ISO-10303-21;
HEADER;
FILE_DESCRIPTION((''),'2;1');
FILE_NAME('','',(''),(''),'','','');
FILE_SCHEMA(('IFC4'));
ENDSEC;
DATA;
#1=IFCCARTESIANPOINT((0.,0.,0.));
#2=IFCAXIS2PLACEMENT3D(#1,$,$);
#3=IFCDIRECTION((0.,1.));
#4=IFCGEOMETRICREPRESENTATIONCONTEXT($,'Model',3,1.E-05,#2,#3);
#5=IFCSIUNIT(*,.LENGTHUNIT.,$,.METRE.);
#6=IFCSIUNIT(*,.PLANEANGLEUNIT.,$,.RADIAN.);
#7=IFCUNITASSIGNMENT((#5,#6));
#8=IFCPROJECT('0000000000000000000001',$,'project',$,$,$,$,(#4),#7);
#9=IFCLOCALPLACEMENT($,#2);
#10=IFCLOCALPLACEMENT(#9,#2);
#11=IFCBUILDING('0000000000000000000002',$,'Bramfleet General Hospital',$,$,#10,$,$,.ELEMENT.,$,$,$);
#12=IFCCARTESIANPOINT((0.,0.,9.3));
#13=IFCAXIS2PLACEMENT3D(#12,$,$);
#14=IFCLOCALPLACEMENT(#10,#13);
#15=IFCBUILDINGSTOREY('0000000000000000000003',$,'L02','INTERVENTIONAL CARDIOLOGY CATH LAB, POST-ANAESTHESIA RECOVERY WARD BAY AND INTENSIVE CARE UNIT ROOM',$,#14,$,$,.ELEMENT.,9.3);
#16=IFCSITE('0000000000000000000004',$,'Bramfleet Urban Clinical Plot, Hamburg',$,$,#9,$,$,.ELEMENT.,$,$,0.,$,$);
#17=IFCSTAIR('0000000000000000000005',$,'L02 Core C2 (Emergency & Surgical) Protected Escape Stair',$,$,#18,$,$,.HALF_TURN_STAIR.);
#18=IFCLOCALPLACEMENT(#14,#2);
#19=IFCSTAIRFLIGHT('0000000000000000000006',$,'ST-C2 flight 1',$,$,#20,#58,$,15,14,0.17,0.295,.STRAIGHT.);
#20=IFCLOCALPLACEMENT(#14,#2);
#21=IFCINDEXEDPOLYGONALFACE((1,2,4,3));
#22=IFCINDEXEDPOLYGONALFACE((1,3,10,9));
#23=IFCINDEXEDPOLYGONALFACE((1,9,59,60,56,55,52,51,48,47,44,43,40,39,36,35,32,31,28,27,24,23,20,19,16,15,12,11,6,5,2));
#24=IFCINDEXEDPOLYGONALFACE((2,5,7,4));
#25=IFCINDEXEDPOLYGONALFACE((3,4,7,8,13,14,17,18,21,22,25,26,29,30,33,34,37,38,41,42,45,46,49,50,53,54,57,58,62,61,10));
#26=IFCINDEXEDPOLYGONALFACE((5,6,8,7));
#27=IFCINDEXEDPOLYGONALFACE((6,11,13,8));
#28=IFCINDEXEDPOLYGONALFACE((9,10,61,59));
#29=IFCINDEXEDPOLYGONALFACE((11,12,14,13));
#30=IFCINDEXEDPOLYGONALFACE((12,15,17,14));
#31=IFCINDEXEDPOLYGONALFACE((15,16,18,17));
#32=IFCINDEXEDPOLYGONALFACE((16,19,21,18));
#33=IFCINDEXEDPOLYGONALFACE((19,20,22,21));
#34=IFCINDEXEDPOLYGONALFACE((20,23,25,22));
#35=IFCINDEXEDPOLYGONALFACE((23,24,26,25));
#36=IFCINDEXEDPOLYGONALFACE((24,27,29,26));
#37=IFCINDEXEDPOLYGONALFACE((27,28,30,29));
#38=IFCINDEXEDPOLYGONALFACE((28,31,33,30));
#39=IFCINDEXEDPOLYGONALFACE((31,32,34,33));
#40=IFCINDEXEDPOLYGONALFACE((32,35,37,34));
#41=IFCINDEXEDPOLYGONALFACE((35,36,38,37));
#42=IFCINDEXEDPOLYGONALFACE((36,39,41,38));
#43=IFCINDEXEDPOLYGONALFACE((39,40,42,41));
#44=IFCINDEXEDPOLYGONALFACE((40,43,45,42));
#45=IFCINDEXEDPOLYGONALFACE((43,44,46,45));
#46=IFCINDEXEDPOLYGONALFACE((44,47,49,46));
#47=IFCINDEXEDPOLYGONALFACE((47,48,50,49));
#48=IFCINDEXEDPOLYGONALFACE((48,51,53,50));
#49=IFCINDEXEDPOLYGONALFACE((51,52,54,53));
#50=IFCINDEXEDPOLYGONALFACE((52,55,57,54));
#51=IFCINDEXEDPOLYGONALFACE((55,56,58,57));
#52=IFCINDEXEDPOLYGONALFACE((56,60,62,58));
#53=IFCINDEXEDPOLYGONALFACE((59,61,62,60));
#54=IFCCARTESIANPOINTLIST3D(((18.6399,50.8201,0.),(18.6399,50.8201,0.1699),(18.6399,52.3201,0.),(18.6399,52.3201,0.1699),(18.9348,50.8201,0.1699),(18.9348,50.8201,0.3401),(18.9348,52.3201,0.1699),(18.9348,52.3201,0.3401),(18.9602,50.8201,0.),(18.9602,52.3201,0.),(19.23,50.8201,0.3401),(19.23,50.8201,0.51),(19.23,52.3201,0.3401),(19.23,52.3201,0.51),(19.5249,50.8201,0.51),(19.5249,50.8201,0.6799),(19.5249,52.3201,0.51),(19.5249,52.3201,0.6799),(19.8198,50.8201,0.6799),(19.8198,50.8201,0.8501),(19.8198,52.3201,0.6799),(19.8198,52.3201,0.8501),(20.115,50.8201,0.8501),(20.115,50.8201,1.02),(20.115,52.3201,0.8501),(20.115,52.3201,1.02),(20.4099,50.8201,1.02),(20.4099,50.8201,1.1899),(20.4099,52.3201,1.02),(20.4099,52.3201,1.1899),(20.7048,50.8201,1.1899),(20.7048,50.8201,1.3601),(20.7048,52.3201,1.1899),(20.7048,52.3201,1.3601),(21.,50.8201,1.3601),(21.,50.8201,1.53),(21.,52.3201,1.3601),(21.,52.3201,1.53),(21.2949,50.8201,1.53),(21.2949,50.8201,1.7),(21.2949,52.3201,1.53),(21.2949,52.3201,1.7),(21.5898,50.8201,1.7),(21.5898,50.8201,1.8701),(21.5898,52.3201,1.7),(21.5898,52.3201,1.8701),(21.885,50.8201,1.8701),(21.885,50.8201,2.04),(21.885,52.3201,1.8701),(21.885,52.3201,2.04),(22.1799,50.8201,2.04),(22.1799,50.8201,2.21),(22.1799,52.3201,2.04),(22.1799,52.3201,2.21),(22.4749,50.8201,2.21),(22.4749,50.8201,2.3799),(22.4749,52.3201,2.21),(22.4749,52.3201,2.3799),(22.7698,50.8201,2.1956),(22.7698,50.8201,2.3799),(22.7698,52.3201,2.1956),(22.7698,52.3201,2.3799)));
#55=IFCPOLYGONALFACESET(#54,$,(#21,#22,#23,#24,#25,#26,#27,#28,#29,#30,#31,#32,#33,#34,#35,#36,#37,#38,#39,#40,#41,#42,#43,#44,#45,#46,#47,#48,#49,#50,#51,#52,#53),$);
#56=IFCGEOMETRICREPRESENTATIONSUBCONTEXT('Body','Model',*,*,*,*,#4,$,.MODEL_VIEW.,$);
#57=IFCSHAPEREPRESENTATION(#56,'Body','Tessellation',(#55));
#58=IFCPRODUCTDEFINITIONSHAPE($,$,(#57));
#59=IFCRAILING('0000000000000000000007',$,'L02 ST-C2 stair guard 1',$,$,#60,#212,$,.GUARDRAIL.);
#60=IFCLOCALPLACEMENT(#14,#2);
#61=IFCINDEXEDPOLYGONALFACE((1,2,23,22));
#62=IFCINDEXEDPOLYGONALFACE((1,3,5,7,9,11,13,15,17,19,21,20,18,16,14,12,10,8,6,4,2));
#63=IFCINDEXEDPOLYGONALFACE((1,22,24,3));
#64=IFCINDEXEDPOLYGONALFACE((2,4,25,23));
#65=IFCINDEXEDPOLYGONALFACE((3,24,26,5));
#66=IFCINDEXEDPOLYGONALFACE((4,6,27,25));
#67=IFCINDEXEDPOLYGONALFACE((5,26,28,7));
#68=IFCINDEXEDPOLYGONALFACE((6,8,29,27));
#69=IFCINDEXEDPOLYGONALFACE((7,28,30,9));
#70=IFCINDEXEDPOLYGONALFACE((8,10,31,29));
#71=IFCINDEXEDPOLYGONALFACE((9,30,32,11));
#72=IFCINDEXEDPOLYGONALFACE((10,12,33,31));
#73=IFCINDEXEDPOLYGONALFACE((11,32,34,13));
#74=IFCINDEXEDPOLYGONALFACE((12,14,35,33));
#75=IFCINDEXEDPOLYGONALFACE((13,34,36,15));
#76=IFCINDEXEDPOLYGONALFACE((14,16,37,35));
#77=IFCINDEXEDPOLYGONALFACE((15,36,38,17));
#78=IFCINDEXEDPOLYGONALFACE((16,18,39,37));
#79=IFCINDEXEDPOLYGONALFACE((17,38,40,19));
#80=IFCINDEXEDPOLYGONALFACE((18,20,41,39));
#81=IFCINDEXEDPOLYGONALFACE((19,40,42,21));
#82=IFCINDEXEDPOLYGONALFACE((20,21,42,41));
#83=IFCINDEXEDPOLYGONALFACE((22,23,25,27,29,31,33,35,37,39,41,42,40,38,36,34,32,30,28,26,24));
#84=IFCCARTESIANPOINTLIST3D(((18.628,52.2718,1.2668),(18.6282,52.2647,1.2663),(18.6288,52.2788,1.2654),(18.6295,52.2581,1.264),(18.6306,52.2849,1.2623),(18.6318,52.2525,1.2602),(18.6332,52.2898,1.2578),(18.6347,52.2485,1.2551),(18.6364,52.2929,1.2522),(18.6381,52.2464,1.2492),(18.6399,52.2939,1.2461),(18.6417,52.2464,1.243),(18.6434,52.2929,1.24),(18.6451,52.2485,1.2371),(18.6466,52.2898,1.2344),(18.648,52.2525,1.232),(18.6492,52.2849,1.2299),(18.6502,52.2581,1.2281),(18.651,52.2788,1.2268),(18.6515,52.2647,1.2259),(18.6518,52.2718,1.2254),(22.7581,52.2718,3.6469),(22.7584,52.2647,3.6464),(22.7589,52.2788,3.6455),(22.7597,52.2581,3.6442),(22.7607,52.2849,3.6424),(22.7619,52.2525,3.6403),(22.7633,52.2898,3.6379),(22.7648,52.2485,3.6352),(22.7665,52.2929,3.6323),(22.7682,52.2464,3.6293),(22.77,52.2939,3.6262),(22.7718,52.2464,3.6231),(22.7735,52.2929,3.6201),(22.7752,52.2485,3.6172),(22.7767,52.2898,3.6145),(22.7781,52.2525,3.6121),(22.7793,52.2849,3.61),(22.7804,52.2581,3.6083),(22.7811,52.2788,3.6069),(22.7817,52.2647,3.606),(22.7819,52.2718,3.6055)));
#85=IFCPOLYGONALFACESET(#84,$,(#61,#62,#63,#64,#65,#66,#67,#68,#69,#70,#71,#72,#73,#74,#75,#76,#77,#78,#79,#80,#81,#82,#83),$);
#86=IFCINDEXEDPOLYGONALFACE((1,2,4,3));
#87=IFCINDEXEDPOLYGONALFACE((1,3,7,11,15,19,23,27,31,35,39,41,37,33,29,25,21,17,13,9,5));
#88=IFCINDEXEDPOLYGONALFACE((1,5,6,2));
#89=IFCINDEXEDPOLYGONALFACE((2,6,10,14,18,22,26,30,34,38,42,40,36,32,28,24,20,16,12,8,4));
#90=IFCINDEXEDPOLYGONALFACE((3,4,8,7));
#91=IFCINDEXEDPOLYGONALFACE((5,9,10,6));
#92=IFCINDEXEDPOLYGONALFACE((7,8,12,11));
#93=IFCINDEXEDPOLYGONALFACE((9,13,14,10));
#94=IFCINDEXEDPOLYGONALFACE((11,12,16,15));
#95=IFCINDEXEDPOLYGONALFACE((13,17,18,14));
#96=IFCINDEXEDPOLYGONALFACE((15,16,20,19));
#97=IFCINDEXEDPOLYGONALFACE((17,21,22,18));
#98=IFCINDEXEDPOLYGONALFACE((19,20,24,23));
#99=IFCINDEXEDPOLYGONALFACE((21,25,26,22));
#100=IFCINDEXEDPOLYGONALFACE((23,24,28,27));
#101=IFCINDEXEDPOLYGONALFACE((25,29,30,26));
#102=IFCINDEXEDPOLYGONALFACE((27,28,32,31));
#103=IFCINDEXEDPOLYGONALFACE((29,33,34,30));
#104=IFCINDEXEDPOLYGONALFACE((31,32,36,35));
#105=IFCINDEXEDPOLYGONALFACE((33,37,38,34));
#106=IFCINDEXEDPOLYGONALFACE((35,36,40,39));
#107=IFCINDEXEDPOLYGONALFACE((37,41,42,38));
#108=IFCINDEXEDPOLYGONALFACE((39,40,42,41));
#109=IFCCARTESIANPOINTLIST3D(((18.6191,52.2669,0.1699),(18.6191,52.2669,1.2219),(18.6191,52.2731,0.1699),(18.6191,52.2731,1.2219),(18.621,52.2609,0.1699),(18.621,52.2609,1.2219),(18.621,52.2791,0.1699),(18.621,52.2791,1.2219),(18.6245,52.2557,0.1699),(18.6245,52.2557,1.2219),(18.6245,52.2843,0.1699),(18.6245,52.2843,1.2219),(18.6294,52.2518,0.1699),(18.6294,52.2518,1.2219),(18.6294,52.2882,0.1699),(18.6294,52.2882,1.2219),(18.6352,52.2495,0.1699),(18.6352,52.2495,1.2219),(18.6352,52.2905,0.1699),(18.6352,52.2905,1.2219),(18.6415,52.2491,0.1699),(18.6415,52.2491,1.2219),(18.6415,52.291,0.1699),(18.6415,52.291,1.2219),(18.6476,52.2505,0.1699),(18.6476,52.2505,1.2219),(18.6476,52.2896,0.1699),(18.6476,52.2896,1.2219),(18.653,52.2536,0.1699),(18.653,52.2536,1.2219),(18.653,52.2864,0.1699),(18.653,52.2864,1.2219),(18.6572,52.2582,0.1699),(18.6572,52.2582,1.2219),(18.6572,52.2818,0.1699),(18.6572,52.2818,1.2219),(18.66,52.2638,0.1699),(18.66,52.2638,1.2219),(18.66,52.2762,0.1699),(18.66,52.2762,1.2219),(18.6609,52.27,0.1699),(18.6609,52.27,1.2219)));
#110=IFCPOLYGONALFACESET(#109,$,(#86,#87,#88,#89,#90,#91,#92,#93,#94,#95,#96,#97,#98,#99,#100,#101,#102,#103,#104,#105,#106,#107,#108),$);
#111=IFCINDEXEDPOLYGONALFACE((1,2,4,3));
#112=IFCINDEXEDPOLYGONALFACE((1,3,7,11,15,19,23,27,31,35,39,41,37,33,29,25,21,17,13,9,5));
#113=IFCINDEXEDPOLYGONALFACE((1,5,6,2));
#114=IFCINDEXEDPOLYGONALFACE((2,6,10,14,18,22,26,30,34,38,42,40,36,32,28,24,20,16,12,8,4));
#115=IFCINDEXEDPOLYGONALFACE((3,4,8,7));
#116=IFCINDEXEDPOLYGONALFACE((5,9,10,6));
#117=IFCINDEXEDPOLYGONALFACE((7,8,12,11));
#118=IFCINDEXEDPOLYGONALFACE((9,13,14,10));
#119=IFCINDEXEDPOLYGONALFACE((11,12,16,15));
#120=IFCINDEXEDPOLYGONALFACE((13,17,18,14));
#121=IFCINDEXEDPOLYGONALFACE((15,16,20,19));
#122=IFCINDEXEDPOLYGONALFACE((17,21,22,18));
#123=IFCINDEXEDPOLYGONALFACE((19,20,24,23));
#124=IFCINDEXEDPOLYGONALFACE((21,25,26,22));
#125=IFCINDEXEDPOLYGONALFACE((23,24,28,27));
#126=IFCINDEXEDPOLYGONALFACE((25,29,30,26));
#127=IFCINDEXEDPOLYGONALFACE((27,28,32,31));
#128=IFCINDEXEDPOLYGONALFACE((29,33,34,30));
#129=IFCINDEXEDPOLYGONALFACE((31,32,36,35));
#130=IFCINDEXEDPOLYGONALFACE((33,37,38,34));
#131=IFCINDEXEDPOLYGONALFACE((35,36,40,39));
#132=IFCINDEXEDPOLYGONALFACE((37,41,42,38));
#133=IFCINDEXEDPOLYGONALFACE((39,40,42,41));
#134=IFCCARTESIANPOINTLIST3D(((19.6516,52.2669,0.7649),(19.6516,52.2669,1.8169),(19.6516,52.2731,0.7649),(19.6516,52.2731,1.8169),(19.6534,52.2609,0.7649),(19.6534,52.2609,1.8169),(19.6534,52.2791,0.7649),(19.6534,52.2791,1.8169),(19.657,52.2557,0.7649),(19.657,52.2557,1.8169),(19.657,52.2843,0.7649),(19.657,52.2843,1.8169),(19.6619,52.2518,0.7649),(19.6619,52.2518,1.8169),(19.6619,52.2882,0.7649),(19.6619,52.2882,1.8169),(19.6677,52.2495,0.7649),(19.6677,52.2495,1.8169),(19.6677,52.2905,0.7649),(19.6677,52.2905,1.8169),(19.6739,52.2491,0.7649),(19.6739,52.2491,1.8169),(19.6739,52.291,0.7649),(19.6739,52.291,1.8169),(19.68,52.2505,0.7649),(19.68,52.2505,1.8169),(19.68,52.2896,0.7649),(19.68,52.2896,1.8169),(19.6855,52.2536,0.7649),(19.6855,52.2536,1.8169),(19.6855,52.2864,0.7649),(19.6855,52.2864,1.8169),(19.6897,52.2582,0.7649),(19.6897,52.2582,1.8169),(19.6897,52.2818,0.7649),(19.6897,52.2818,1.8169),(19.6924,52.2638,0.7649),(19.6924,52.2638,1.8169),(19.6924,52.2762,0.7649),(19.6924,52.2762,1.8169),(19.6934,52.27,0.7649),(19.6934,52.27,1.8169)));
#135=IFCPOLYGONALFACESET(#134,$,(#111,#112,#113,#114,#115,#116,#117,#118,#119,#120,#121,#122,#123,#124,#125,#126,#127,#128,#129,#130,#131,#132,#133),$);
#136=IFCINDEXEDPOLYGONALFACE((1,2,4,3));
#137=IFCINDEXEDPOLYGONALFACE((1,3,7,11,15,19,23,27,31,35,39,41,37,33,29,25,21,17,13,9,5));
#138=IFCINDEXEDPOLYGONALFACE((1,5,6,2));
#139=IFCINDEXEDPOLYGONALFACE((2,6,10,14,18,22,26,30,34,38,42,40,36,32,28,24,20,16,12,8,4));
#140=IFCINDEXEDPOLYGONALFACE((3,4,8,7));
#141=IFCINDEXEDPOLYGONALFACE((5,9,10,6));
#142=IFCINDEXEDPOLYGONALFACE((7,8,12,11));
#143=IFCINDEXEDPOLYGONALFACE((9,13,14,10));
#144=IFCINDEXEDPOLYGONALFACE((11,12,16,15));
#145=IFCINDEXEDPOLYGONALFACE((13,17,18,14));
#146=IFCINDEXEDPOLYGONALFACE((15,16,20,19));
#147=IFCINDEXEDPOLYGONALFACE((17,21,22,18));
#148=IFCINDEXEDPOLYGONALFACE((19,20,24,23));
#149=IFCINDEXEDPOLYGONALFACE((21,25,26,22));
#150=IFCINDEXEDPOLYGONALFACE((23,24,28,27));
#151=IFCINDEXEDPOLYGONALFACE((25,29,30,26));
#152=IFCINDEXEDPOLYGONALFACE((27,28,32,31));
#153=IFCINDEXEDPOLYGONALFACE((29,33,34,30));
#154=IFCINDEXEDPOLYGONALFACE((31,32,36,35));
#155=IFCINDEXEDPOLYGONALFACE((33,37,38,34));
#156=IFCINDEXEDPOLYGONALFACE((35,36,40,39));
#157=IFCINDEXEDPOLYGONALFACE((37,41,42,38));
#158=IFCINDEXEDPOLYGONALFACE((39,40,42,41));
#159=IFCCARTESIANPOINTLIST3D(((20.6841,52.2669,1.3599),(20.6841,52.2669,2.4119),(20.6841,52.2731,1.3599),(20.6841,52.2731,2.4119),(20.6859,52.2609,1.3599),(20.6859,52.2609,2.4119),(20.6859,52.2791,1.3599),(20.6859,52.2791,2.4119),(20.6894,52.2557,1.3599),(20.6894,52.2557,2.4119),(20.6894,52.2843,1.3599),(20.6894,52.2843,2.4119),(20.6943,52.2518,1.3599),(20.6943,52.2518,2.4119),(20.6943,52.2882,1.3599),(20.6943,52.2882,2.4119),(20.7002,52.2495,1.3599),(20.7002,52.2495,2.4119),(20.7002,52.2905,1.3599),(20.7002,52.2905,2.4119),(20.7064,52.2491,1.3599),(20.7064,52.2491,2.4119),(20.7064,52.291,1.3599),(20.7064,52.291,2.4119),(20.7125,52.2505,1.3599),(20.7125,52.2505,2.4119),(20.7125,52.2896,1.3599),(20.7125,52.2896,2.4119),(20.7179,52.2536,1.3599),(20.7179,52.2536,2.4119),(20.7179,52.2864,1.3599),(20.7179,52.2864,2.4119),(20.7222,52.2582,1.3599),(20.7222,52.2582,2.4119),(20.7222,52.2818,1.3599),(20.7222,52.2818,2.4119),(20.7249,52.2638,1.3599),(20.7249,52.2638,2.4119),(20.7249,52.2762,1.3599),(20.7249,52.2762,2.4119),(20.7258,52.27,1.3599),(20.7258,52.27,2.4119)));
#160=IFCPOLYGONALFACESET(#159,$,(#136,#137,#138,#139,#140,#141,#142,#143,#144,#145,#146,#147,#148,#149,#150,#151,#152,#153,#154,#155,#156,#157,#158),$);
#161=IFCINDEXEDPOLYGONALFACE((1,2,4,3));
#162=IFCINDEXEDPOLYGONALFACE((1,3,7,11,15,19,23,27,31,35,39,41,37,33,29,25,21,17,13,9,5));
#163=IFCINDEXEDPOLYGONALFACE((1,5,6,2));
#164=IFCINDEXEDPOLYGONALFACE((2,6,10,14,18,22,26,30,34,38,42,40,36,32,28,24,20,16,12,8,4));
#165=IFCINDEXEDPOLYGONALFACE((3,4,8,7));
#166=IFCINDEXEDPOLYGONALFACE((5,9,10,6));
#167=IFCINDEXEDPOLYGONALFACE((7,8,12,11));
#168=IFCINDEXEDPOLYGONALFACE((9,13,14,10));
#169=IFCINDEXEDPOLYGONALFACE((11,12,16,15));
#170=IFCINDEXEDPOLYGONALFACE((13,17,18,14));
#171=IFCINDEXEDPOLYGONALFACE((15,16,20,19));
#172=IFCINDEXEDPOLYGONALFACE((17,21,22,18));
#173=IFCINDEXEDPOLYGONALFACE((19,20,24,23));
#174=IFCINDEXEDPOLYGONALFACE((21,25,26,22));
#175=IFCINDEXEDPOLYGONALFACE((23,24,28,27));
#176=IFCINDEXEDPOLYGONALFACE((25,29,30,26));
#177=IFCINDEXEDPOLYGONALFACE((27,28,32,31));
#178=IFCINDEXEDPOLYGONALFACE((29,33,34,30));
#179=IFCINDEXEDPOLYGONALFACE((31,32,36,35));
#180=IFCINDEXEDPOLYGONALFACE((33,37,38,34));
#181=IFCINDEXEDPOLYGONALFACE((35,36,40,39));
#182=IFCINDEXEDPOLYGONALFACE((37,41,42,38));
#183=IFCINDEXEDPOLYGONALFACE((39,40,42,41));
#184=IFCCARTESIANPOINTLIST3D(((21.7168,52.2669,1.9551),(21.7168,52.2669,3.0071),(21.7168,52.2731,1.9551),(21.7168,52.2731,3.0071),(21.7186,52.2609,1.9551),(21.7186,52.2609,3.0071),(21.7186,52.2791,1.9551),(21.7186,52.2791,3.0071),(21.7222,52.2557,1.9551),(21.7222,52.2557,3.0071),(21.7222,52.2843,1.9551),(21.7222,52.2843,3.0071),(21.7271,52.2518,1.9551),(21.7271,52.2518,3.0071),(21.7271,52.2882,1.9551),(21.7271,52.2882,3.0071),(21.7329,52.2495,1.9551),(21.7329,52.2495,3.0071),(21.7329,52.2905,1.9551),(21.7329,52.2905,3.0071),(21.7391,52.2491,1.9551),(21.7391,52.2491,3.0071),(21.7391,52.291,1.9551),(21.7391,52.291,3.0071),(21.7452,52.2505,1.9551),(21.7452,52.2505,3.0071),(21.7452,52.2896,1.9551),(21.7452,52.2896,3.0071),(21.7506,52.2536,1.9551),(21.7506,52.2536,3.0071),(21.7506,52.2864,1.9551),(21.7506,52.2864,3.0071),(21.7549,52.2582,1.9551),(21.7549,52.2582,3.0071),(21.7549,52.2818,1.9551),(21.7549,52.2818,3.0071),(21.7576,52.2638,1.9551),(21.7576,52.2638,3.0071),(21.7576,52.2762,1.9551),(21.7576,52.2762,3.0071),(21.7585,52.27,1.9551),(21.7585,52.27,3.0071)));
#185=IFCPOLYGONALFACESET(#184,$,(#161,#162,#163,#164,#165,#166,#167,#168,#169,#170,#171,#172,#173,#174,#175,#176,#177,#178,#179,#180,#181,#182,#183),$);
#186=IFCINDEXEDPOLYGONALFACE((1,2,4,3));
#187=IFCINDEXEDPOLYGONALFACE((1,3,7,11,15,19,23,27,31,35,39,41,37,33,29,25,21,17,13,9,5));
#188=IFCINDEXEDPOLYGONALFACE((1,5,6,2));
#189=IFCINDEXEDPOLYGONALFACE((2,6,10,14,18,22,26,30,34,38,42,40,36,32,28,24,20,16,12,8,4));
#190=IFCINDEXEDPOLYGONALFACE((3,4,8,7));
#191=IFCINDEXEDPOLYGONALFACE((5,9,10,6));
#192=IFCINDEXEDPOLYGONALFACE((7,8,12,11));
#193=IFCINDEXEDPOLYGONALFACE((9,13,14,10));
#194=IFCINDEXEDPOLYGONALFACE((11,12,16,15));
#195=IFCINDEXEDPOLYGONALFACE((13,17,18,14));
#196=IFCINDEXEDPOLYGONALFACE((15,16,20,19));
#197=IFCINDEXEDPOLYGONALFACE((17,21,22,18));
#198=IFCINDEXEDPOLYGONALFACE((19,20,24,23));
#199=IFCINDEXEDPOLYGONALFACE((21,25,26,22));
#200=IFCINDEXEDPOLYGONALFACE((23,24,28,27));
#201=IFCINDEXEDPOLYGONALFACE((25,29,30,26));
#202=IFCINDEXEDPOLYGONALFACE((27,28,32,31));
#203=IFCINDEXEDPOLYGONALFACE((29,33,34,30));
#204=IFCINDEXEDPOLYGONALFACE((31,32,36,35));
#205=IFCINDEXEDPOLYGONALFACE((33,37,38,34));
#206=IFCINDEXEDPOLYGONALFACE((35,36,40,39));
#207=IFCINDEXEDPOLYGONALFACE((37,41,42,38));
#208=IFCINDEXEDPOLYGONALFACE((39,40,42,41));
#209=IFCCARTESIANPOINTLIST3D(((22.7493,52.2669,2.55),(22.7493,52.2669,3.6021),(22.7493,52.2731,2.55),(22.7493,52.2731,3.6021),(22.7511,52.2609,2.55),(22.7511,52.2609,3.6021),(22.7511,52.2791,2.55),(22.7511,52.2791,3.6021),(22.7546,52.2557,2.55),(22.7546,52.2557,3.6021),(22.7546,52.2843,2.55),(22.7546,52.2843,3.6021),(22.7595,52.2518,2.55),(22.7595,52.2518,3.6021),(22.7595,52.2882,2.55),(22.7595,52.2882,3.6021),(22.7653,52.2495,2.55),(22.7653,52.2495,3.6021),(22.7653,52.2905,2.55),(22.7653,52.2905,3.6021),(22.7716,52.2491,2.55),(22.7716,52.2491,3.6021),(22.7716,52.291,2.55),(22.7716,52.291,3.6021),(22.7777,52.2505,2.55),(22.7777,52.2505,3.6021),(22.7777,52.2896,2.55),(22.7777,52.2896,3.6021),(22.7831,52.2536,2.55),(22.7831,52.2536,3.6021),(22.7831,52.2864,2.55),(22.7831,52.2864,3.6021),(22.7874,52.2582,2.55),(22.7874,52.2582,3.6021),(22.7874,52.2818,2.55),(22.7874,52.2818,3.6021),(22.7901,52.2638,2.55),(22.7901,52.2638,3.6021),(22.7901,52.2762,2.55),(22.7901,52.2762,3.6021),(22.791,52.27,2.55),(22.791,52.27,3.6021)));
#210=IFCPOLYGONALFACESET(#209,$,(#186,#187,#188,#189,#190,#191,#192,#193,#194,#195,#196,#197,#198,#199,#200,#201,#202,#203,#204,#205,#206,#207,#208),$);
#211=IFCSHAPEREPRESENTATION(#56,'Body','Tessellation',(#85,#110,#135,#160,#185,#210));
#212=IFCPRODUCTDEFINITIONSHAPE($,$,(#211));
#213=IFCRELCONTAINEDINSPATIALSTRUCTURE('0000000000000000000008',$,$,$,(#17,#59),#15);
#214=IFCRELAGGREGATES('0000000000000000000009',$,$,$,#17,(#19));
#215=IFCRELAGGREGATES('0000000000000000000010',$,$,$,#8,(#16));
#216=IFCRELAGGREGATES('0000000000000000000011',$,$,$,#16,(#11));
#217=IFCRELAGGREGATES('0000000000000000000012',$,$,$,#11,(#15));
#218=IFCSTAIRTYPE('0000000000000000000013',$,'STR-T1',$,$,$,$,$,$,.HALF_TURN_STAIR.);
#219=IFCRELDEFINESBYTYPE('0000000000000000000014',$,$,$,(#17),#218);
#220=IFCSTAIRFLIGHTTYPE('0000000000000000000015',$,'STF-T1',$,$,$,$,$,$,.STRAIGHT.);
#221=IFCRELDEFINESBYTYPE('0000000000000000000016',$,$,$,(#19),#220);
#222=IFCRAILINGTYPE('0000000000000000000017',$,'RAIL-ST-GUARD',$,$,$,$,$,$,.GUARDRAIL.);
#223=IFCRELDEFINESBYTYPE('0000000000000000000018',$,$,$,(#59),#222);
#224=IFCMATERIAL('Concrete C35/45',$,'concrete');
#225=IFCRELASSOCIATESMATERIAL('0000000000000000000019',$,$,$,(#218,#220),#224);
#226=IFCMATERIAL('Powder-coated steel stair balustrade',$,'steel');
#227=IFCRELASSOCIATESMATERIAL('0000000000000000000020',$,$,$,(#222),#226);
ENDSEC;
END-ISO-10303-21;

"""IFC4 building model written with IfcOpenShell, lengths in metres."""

from ifc_helpers import new_model, si_unit, direction, frame, origin, origin_2d, place, context, subcontext, project, spatial, polyline, circle, outline, extrude, material, type_object, element, aggregate, save


model = new_model("IFC4")

# Units and contexts
model_context = context("Model", 3, precision=1e-05, world=origin(), true_north=direction((0.0, 1.0)))
body_context = subcontext(model_context, "Body", "Model", "MODEL_VIEW")
ifc_project = project(units=[si_unit("LENGTHUNIT", "METRE"), si_unit("PLANEANGLEUNIT", "RADIAN")], contexts=[model_context])

# Site, building, storey
site_placement = place(None, origin())
site = spatial("IfcSite", under=ifc_project, at=site_placement, Name="Bramfleet Urban Clinical Plot, Hamburg", CompositionType="ELEMENT", RefElevation=0.0)
building_placement = place(site_placement, origin())
building = spatial("IfcBuilding", under=site, at=building_placement, Name="Bramfleet General Hospital", CompositionType="ELEMENT")
storey_placement = place(building_placement, frame((0.0, 0.0, 9.3)))
storey = spatial("IfcBuildingStorey", under=building, at=storey_placement, Name="L02", Description="INTERVENTIONAL CARDIOLOGY CATH LAB, POST-ANAESTHESIA RECOVERY WARD BAY AND INTENSIVE CARE UNIT ROOM", CompositionType="ELEMENT", Elevation=9.3)

# Shared definitions
ifc_material_1 = material(Name="Concrete C35/45", Category="concrete")

# Stair, stair flight
stair_type = type_object("IfcStairType", Name="STR-T1", PredefinedType="HALF_TURN_STAIR", material=ifc_material_1)
stair_placement = place(storey_placement, origin())
stair = element("IfcStair", 1, at=stair_placement, inside=storey, type_object=stair_type, Name="L02 Core C2 (Emergency & Surgical) Protected Escape Stair", PredefinedType="HALF_TURN_STAIR")
stair_flight_type = type_object("IfcStairFlightType", Name="STF-T1", PredefinedType="STRAIGHT", material=ifc_material_1)
stair_flight_placement = place(storey_placement, frame((18.6399, 51.5701, 0.0), z_axis=(0.0, 0.0, 1.0), x_axis=(1.0, 0.0, 0.0)))
stair_flight = element("IfcStairFlight", 2, at=stair_flight_placement, type_object=stair_flight_type, Name="ST-C2 flight 1", NumberOfRisers=15, NumberOfTreads=14, PredefinedType="STRAIGHT", RiserHeight=0.17, TreadLength=0.295, context=body_context, shape_type="SweptSolid", body=[
    extrude(outline(polyline([(0.0, 0.0), (0.0, 0.1699), (0.2949, 0.1699), (0.2949, 0.3401), (0.5901, 0.3401), (0.5901, 0.51), (0.885, 0.51), (0.885, 0.6799), (1.1799, 0.6799), (1.1799, 0.8501), (1.4751, 0.8501), (1.4751, 1.02), (1.77, 1.02), (1.77, 1.1899), (2.0649, 1.1899), (2.0649, 1.3601), (2.3601, 1.3601), (2.3601, 1.53), (2.655, 1.53), (2.655, 1.7), (2.95, 1.7), (2.95, 1.8701), (3.2451, 1.8701), (3.2451, 2.04), (3.54, 2.04), (3.54, 2.21), (3.835, 2.21), (3.835, 2.3799), (4.1299, 2.3799), (4.1299, 2.55), (4.1299, 2.1956), (0.3203, 0.0), (0.0, 0.0)])), frame((0.0, 0.75, 0.0), z_axis=(0.0, -1.0, 0.0), x_axis=(1.0, 0.0, 0.0)), (0.0, 0.0, 1.0), 1.5),
])
aggregate(stair, [stair_flight])

# Railing
ifc_material_2 = material(Name="Powder-coated steel stair balustrade", Category="steel")
railing_type_1 = type_object("IfcRailingType", Name="RAIL-ST-GUARD", PredefinedType="GUARDRAIL", material=ifc_material_2)
railing_1_placement = place(storey_placement, frame((18.6399, 52.27, 0.1699)))
element("IfcRailing", 3, at=railing_1_placement, inside=storey, type_object=railing_type_1, Name="L02 ST-C2 stair guard 1", PredefinedType="GUARDRAIL", context=body_context, shape_type="SweptSolid", body=[
    extrude(circle(Radius=0.0239, at=origin_2d()), frame((0.0, 0.0, 1.0762), z_axis=(0.866425, 0.0, 0.499307), x_axis=(0.0, 1.0, 0.0)), (0.0, 0.0, 1.0), 4.7668),
    extrude(circle(Radius=0.021, at=origin_2d()), origin(), (0.0, 0.0, 1.0), 1.052),
    extrude(circle(Radius=0.021, at=origin_2d()), frame((1.0325, 0.0, 0.595)), (0.0, 0.0, 1.0), 1.052),
    extrude(circle(Radius=0.021, at=origin_2d()), frame((2.0649, 0.0, 1.1899)), (0.0, 0.0, 1.0), 1.052),
    extrude(circle(Radius=0.021, at=origin_2d()), frame((3.0977, 0.0, 1.7852)), (0.0, 0.0, 1.0), 1.052),
    extrude(circle(Radius=0.021, at=origin_2d()), frame((4.1301, 0.0, 2.3801)), (0.0, 0.0, 1.0), 1.052),
])

save(model, "model.ifc")
